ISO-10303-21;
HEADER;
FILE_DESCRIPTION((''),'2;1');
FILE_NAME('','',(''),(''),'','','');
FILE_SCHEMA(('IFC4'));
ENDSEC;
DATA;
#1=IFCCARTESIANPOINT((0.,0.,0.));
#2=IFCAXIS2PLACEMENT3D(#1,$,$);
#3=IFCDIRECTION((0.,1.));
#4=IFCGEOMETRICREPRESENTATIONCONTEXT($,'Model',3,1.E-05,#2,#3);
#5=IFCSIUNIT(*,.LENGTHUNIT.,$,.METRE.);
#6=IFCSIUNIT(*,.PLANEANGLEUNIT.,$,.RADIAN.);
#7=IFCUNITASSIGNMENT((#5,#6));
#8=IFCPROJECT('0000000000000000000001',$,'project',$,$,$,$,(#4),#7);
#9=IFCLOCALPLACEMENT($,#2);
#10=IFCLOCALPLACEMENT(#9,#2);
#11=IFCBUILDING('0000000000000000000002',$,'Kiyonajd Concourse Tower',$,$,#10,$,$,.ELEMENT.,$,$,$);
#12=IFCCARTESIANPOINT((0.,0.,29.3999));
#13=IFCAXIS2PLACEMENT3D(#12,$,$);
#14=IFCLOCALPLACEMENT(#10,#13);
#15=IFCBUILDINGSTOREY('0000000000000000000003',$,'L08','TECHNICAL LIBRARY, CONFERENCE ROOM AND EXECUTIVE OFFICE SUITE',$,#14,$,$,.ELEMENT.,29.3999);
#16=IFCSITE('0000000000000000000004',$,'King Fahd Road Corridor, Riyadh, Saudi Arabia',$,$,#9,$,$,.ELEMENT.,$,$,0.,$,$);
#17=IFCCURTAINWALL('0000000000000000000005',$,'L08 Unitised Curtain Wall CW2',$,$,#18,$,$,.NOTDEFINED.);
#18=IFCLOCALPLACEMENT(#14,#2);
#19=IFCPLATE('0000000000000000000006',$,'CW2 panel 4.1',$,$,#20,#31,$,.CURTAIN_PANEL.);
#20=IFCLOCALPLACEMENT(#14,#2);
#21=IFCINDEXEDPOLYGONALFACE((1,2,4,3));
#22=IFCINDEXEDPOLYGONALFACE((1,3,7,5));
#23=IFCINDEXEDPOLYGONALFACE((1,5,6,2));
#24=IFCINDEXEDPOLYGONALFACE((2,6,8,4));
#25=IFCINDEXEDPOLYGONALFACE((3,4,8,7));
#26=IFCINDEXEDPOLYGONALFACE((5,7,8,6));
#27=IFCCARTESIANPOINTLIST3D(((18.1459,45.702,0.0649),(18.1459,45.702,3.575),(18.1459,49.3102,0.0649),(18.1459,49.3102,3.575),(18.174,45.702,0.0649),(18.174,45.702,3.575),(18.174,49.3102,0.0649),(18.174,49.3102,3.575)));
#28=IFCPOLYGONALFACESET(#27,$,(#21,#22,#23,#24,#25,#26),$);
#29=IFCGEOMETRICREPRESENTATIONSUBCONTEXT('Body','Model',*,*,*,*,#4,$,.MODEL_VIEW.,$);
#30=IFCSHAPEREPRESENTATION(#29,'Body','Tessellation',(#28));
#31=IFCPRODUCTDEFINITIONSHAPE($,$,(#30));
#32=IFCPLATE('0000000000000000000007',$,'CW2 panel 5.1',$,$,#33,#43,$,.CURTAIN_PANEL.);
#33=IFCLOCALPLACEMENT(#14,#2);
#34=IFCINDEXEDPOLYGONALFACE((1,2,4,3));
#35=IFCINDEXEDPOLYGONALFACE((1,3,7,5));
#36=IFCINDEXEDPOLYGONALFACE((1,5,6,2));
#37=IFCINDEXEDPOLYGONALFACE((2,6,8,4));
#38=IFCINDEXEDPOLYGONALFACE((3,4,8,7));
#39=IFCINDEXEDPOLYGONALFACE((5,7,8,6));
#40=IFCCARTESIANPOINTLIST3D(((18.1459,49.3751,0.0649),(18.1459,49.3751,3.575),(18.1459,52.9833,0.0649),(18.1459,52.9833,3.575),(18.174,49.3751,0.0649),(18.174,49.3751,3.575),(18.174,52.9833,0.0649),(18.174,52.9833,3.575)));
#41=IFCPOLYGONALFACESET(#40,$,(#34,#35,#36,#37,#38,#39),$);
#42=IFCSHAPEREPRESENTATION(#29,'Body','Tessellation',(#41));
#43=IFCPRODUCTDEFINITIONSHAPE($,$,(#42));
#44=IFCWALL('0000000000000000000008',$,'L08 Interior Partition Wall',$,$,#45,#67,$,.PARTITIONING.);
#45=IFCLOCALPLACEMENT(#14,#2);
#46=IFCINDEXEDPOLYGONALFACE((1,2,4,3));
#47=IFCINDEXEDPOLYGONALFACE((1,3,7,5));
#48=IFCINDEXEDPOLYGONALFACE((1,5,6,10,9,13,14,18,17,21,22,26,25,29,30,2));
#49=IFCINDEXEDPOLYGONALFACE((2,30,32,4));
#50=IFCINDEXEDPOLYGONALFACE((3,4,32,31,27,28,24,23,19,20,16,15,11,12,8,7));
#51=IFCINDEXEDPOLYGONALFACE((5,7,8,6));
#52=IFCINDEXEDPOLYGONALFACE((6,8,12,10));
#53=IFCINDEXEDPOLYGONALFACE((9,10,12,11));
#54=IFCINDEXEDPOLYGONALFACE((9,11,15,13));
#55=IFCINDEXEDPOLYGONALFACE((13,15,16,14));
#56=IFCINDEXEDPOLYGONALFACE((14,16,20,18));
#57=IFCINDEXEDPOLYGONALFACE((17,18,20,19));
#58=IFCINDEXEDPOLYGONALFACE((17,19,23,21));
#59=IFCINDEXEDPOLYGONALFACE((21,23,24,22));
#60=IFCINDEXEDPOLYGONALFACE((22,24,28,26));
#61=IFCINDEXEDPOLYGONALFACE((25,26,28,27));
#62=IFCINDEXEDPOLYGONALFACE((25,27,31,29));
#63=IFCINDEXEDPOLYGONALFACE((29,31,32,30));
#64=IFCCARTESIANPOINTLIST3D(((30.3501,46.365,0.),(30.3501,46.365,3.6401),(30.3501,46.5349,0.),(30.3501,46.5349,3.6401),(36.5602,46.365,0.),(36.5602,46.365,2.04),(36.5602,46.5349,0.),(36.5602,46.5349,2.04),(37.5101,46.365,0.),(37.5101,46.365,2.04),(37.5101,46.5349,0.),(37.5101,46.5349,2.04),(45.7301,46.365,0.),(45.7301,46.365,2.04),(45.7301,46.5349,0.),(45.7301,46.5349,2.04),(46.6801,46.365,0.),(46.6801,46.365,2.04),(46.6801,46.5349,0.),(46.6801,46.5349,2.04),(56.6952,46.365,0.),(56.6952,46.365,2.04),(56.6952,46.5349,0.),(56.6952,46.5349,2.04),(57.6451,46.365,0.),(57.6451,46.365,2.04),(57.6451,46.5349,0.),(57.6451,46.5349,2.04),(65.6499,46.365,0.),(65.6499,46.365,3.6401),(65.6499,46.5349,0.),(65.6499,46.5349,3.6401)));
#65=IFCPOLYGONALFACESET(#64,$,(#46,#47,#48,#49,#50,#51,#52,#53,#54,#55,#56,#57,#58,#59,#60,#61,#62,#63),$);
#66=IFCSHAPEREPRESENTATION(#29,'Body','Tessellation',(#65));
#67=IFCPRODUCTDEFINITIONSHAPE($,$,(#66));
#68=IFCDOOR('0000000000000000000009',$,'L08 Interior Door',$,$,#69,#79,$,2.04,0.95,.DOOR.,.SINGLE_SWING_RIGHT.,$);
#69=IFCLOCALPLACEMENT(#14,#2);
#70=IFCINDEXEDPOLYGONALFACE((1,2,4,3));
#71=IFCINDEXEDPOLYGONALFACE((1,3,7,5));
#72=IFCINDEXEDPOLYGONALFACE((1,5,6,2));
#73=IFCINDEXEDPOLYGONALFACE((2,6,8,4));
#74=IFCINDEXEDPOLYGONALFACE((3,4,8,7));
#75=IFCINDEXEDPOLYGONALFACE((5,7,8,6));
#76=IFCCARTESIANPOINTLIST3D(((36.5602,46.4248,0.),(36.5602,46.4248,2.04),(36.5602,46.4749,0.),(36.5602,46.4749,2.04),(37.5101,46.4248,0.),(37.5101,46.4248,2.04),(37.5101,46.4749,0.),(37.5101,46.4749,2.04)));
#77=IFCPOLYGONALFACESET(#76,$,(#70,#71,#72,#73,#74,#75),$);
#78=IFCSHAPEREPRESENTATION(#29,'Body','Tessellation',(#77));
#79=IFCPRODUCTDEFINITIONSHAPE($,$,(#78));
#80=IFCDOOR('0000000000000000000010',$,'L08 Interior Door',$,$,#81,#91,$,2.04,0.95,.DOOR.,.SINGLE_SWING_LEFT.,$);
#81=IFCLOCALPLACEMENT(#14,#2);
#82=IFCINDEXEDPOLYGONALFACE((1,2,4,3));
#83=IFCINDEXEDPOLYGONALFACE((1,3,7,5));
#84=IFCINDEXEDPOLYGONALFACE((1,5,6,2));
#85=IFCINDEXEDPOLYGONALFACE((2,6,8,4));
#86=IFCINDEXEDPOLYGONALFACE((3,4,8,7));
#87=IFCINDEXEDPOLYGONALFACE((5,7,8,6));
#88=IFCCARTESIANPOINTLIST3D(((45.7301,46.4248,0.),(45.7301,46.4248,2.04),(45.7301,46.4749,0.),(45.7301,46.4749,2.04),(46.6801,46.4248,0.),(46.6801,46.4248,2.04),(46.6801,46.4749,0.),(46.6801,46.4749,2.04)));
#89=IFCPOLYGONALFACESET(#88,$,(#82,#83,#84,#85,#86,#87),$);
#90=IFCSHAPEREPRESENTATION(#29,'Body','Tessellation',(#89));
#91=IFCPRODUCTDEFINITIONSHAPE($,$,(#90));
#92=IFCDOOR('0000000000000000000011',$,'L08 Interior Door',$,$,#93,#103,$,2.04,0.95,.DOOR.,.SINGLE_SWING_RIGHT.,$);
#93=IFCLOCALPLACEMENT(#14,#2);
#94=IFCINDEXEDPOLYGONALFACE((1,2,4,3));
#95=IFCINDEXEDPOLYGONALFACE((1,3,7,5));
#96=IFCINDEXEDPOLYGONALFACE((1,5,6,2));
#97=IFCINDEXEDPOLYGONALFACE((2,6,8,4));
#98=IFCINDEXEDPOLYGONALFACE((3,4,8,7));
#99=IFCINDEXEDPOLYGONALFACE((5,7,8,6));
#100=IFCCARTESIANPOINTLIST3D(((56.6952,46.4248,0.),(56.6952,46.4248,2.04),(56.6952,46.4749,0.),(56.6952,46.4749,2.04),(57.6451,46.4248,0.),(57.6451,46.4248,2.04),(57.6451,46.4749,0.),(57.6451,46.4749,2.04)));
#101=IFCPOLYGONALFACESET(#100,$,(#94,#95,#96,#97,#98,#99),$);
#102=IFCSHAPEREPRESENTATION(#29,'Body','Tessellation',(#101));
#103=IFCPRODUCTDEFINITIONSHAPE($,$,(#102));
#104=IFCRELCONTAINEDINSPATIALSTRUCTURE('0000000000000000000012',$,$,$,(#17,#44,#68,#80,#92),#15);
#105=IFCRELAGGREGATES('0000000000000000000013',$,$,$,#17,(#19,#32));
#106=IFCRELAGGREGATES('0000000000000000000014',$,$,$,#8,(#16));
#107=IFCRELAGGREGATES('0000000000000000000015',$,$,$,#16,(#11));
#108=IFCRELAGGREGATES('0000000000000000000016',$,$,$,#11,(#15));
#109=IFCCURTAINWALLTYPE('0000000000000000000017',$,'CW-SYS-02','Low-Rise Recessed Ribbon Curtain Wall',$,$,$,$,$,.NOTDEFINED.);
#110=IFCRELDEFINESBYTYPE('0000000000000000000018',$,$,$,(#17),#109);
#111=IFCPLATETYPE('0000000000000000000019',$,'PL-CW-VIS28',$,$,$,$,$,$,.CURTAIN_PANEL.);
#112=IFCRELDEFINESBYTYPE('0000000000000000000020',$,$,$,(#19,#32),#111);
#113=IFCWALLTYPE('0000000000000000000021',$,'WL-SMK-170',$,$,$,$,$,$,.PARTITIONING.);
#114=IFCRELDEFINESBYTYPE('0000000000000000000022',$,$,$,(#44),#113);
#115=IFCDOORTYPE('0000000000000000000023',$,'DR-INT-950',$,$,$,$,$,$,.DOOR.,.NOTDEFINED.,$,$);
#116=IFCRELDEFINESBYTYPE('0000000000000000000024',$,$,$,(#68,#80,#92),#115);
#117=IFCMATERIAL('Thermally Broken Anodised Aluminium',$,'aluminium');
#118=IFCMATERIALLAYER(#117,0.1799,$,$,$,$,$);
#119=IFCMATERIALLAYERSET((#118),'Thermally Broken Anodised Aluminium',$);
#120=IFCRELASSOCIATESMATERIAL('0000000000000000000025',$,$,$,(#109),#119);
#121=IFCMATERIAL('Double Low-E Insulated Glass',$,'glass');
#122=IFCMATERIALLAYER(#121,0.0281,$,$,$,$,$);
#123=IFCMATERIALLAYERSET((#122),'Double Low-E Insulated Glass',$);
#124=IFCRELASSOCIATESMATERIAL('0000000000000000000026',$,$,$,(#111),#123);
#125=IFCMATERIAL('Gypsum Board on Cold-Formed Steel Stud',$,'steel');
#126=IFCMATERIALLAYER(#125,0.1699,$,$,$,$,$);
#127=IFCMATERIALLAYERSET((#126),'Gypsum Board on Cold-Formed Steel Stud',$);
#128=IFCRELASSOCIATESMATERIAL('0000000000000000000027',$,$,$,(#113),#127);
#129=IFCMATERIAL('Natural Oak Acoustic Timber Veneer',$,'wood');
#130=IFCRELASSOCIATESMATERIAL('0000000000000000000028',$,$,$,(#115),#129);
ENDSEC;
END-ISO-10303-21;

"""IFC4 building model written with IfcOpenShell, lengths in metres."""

from ifc_helpers import new_model, si_unit, direction, frame, frame_2d, origin, origin_2d, place, context, subcontext, project, spatial, rectangle, extrude, material, layer, layer_set, type_object, element, fill, aggregate, save


model = new_model("IFC4")

# Units and contexts
model_context = context("Model", 3, precision=1e-05, world=origin(), true_north=direction((0.0, 1.0)))
body_context = subcontext(model_context, "Body", "Model", "MODEL_VIEW")
ifc_project = project(units=[si_unit("LENGTHUNIT", "METRE"), si_unit("PLANEANGLEUNIT", "RADIAN")], contexts=[model_context])

# Site, building, storey
site_placement = place(None, origin())
site = spatial("IfcSite", under=ifc_project, at=site_placement, Name="King Fahd Road Corridor, Riyadh, Saudi Arabia", CompositionType="ELEMENT", RefElevation=0.0)
building_placement = place(site_placement, origin())
building = spatial("IfcBuilding", under=site, at=building_placement, Name="Kiyonajd Concourse Tower", CompositionType="ELEMENT")
storey_placement = place(building_placement, frame((0.0, 0.0, 29.3999)))
storey = spatial("IfcBuildingStorey", under=building, at=storey_placement, Name="L08", Description="TECHNICAL LIBRARY, CONFERENCE ROOM AND EXECUTIVE OFFICE SUITE", CompositionType="ELEMENT", Elevation=29.3999)

# Curtain wall, plates
ifc_material_1 = material(Name="Thermally Broken Anodised Aluminium", Category="aluminium")
ifc_layer_1 = layer(ifc_material_1, 0.1799)
ifc_layer_set_1 = layer_set([ifc_layer_1], Name="Thermally Broken Anodised Aluminium")
curtain_wall_type = type_object("IfcCurtainWallType", Name="CW-SYS-02", Description="Low-Rise Recessed Ribbon Curtain Wall", PredefinedType="NOTDEFINED", material=ifc_layer_set_1)
curtain_wall_placement = place(storey_placement, origin())
curtain_wall = element("IfcCurtainWall", 1, at=curtain_wall_placement, inside=storey, type_object=curtain_wall_type, Name="L08 Unitised Curtain Wall CW2", PredefinedType="NOTDEFINED")
ifc_material_2 = material(Name="Double Low-E Insulated Glass", Category="glass")
ifc_layer_2 = layer(ifc_material_2, 0.0281)
ifc_layer_set_2 = layer_set([ifc_layer_2], Name="Double Low-E Insulated Glass")
plate_type = type_object("IfcPlateType", Name="PL-CW-VIS28", PredefinedType="CURTAIN_PANEL", material=ifc_layer_set_2)
plate_1_placement = place(storey_placement, frame((18.1599, 47.5061, 0.0649), z_axis=(0.0, 0.0, 1.0), x_axis=(0.0, 1.0, 0.0)))
plate_1 = element("IfcPlate", 2, at=plate_1_placement, type_object=plate_type, Name="CW2 panel 4.1", PredefinedType="CURTAIN_PANEL", context=body_context, shape_type="SweptSolid", body=[
    extrude(rectangle(XDim=3.6082, YDim=0.0281, at=origin_2d()), origin(), (0.0, 0.0, 1.0), 3.51),
])
plate_2_placement = place(storey_placement, frame((18.1599, 51.1792, 0.0649), z_axis=(0.0, 0.0, 1.0), x_axis=(0.0, 1.0, 0.0)))
plate_2 = element("IfcPlate", 3, at=plate_2_placement, type_object=plate_type, Name="CW2 panel 5.1", PredefinedType="CURTAIN_PANEL", context=body_context, shape_type="SweptSolid", body=[
    extrude(rectangle(XDim=3.6082, YDim=0.0281, at=origin_2d()), origin(), (0.0, 0.0, 1.0), 3.51),
])
aggregate(curtain_wall, [plate_1, plate_2])

# Wall, openings, doors
ifc_material_3 = material(Name="Gypsum Board on Cold-Formed Steel Stud", Category="steel")
ifc_layer_3 = layer(ifc_material_3, 0.1699)
ifc_layer_set_3 = layer_set([ifc_layer_3], Name="Gypsum Board on Cold-Formed Steel Stud")
wall_type = type_object("IfcWallType", Name="WL-SMK-170", PredefinedType="PARTITIONING", material=ifc_layer_set_3)
wall_placement = place(storey_placement, frame((30.3501, 46.45, 0.0), z_axis=(0.0, 0.0, 1.0), x_axis=(1.0, 0.0, 0.0)))
wall = element("IfcWall", 4, at=wall_placement, inside=storey, type_object=wall_type, Name="L08 Interior Partition Wall", PredefinedType="PARTITIONING", context=body_context, shape_type="SweptSolid", body=[
    extrude(rectangle(XDim=35.2998, YDim=0.1699, at=frame_2d((17.6499, 0.0))), origin(), (0.0, 0.0, 1.0), 3.6401),
])
opening_1_placement = place(wall_placement, frame((6.21, 0.0, 0.0)))
opening_1 = element("IfcOpeningElement", 5, at=opening_1_placement, cuts=wall, PredefinedType="OPENING", context=body_context, shape_type="SweptSolid", body=[
    extrude(rectangle(XDim=0.95, YDim=2.04, at=frame_2d((0.4751, 1.02))), frame((0.0, 0.095, 0.0), z_axis=(0.0, -1.0, 0.0), x_axis=(1.0, 0.0, 0.0)), (0.0, 0.0, 1.0), 0.1899),
])
opening_2_placement = place(wall_placement, frame((15.3799, 0.0, 0.0)))
opening_2 = element("IfcOpeningElement", 6, at=opening_2_placement, cuts=wall, PredefinedType="OPENING", context=body_context, shape_type="SweptSolid", body=[
    extrude(rectangle(XDim=0.95, YDim=2.04, at=frame_2d((0.4751, 1.02))), frame((0.0, 0.095, 0.0), z_axis=(0.0, -1.0, 0.0), x_axis=(1.0, 0.0, 0.0)), (0.0, 0.0, 1.0), 0.1899),
])
opening_3_placement = place(wall_placement, frame((26.345, 0.0, 0.0)))
opening_3 = element("IfcOpeningElement", 7, at=opening_3_placement, cuts=wall, PredefinedType="OPENING", context=body_context, shape_type="SweptSolid", body=[
    extrude(rectangle(XDim=0.95, YDim=2.04, at=frame_2d((0.4751, 1.02))), frame((0.0, 0.095, 0.0), z_axis=(0.0, -1.0, 0.0), x_axis=(1.0, 0.0, 0.0)), (0.0, 0.0, 1.0), 0.1899),
])
ifc_material_4 = material(Name="Natural Oak Acoustic Timber Veneer", Category="wood")
door_type = type_object("IfcDoorType", Name="DR-INT-950", OperationType="NOTDEFINED", PredefinedType="DOOR", material=ifc_material_4)
door_1_placement = place(opening_1_placement, origin())
door_1 = element("IfcDoor", 8, at=door_1_placement, inside=storey, type_object=door_type, Name="L08 Interior Door", OperationType="SINGLE_SWING_RIGHT", OverallHeight=2.04, OverallWidth=0.95, PredefinedType="DOOR", context=body_context, shape_type="SweptSolid", body=[
    extrude(rectangle(XDim=0.95, YDim=2.04, at=frame_2d((0.4751, 1.02))), frame((0.0, 0.0249, 0.0), z_axis=(0.0, -1.0, 0.0), x_axis=(1.0, 0.0, 0.0)), (0.0, 0.0, 1.0), 0.05),
])
fill(opening_1, door_1)
door_2_placement = place(opening_2_placement, origin())
door_2 = element("IfcDoor", 9, at=door_2_placement, inside=storey, type_object=door_type, Name="L08 Interior Door", OperationType="SINGLE_SWING_LEFT", OverallHeight=2.04, OverallWidth=0.95, PredefinedType="DOOR", context=body_context, shape_type="SweptSolid", body=[
    extrude(rectangle(XDim=0.95, YDim=2.04, at=frame_2d((0.4751, 1.02))), frame((0.0, 0.0249, 0.0), z_axis=(0.0, -1.0, 0.0), x_axis=(1.0, 0.0, 0.0)), (0.0, 0.0, 1.0), 0.05),
])
fill(opening_2, door_2)
door_3_placement = place(opening_3_placement, origin())
door_3 = element("IfcDoor", 10, at=door_3_placement, inside=storey, type_object=door_type, Name="L08 Interior Door", OperationType="SINGLE_SWING_RIGHT", OverallHeight=2.04, OverallWidth=0.95, PredefinedType="DOOR", context=body_context, shape_type="SweptSolid", body=[
    extrude(rectangle(XDim=0.95, YDim=2.04, at=frame_2d((0.4751, 1.02))), frame((0.0, 0.0249, 0.0), z_axis=(0.0, -1.0, 0.0), x_axis=(1.0, 0.0, 0.0)), (0.0, 0.0, 1.0), 0.05),
])
fill(opening_3, door_3)

save(model, "model.ifc")
